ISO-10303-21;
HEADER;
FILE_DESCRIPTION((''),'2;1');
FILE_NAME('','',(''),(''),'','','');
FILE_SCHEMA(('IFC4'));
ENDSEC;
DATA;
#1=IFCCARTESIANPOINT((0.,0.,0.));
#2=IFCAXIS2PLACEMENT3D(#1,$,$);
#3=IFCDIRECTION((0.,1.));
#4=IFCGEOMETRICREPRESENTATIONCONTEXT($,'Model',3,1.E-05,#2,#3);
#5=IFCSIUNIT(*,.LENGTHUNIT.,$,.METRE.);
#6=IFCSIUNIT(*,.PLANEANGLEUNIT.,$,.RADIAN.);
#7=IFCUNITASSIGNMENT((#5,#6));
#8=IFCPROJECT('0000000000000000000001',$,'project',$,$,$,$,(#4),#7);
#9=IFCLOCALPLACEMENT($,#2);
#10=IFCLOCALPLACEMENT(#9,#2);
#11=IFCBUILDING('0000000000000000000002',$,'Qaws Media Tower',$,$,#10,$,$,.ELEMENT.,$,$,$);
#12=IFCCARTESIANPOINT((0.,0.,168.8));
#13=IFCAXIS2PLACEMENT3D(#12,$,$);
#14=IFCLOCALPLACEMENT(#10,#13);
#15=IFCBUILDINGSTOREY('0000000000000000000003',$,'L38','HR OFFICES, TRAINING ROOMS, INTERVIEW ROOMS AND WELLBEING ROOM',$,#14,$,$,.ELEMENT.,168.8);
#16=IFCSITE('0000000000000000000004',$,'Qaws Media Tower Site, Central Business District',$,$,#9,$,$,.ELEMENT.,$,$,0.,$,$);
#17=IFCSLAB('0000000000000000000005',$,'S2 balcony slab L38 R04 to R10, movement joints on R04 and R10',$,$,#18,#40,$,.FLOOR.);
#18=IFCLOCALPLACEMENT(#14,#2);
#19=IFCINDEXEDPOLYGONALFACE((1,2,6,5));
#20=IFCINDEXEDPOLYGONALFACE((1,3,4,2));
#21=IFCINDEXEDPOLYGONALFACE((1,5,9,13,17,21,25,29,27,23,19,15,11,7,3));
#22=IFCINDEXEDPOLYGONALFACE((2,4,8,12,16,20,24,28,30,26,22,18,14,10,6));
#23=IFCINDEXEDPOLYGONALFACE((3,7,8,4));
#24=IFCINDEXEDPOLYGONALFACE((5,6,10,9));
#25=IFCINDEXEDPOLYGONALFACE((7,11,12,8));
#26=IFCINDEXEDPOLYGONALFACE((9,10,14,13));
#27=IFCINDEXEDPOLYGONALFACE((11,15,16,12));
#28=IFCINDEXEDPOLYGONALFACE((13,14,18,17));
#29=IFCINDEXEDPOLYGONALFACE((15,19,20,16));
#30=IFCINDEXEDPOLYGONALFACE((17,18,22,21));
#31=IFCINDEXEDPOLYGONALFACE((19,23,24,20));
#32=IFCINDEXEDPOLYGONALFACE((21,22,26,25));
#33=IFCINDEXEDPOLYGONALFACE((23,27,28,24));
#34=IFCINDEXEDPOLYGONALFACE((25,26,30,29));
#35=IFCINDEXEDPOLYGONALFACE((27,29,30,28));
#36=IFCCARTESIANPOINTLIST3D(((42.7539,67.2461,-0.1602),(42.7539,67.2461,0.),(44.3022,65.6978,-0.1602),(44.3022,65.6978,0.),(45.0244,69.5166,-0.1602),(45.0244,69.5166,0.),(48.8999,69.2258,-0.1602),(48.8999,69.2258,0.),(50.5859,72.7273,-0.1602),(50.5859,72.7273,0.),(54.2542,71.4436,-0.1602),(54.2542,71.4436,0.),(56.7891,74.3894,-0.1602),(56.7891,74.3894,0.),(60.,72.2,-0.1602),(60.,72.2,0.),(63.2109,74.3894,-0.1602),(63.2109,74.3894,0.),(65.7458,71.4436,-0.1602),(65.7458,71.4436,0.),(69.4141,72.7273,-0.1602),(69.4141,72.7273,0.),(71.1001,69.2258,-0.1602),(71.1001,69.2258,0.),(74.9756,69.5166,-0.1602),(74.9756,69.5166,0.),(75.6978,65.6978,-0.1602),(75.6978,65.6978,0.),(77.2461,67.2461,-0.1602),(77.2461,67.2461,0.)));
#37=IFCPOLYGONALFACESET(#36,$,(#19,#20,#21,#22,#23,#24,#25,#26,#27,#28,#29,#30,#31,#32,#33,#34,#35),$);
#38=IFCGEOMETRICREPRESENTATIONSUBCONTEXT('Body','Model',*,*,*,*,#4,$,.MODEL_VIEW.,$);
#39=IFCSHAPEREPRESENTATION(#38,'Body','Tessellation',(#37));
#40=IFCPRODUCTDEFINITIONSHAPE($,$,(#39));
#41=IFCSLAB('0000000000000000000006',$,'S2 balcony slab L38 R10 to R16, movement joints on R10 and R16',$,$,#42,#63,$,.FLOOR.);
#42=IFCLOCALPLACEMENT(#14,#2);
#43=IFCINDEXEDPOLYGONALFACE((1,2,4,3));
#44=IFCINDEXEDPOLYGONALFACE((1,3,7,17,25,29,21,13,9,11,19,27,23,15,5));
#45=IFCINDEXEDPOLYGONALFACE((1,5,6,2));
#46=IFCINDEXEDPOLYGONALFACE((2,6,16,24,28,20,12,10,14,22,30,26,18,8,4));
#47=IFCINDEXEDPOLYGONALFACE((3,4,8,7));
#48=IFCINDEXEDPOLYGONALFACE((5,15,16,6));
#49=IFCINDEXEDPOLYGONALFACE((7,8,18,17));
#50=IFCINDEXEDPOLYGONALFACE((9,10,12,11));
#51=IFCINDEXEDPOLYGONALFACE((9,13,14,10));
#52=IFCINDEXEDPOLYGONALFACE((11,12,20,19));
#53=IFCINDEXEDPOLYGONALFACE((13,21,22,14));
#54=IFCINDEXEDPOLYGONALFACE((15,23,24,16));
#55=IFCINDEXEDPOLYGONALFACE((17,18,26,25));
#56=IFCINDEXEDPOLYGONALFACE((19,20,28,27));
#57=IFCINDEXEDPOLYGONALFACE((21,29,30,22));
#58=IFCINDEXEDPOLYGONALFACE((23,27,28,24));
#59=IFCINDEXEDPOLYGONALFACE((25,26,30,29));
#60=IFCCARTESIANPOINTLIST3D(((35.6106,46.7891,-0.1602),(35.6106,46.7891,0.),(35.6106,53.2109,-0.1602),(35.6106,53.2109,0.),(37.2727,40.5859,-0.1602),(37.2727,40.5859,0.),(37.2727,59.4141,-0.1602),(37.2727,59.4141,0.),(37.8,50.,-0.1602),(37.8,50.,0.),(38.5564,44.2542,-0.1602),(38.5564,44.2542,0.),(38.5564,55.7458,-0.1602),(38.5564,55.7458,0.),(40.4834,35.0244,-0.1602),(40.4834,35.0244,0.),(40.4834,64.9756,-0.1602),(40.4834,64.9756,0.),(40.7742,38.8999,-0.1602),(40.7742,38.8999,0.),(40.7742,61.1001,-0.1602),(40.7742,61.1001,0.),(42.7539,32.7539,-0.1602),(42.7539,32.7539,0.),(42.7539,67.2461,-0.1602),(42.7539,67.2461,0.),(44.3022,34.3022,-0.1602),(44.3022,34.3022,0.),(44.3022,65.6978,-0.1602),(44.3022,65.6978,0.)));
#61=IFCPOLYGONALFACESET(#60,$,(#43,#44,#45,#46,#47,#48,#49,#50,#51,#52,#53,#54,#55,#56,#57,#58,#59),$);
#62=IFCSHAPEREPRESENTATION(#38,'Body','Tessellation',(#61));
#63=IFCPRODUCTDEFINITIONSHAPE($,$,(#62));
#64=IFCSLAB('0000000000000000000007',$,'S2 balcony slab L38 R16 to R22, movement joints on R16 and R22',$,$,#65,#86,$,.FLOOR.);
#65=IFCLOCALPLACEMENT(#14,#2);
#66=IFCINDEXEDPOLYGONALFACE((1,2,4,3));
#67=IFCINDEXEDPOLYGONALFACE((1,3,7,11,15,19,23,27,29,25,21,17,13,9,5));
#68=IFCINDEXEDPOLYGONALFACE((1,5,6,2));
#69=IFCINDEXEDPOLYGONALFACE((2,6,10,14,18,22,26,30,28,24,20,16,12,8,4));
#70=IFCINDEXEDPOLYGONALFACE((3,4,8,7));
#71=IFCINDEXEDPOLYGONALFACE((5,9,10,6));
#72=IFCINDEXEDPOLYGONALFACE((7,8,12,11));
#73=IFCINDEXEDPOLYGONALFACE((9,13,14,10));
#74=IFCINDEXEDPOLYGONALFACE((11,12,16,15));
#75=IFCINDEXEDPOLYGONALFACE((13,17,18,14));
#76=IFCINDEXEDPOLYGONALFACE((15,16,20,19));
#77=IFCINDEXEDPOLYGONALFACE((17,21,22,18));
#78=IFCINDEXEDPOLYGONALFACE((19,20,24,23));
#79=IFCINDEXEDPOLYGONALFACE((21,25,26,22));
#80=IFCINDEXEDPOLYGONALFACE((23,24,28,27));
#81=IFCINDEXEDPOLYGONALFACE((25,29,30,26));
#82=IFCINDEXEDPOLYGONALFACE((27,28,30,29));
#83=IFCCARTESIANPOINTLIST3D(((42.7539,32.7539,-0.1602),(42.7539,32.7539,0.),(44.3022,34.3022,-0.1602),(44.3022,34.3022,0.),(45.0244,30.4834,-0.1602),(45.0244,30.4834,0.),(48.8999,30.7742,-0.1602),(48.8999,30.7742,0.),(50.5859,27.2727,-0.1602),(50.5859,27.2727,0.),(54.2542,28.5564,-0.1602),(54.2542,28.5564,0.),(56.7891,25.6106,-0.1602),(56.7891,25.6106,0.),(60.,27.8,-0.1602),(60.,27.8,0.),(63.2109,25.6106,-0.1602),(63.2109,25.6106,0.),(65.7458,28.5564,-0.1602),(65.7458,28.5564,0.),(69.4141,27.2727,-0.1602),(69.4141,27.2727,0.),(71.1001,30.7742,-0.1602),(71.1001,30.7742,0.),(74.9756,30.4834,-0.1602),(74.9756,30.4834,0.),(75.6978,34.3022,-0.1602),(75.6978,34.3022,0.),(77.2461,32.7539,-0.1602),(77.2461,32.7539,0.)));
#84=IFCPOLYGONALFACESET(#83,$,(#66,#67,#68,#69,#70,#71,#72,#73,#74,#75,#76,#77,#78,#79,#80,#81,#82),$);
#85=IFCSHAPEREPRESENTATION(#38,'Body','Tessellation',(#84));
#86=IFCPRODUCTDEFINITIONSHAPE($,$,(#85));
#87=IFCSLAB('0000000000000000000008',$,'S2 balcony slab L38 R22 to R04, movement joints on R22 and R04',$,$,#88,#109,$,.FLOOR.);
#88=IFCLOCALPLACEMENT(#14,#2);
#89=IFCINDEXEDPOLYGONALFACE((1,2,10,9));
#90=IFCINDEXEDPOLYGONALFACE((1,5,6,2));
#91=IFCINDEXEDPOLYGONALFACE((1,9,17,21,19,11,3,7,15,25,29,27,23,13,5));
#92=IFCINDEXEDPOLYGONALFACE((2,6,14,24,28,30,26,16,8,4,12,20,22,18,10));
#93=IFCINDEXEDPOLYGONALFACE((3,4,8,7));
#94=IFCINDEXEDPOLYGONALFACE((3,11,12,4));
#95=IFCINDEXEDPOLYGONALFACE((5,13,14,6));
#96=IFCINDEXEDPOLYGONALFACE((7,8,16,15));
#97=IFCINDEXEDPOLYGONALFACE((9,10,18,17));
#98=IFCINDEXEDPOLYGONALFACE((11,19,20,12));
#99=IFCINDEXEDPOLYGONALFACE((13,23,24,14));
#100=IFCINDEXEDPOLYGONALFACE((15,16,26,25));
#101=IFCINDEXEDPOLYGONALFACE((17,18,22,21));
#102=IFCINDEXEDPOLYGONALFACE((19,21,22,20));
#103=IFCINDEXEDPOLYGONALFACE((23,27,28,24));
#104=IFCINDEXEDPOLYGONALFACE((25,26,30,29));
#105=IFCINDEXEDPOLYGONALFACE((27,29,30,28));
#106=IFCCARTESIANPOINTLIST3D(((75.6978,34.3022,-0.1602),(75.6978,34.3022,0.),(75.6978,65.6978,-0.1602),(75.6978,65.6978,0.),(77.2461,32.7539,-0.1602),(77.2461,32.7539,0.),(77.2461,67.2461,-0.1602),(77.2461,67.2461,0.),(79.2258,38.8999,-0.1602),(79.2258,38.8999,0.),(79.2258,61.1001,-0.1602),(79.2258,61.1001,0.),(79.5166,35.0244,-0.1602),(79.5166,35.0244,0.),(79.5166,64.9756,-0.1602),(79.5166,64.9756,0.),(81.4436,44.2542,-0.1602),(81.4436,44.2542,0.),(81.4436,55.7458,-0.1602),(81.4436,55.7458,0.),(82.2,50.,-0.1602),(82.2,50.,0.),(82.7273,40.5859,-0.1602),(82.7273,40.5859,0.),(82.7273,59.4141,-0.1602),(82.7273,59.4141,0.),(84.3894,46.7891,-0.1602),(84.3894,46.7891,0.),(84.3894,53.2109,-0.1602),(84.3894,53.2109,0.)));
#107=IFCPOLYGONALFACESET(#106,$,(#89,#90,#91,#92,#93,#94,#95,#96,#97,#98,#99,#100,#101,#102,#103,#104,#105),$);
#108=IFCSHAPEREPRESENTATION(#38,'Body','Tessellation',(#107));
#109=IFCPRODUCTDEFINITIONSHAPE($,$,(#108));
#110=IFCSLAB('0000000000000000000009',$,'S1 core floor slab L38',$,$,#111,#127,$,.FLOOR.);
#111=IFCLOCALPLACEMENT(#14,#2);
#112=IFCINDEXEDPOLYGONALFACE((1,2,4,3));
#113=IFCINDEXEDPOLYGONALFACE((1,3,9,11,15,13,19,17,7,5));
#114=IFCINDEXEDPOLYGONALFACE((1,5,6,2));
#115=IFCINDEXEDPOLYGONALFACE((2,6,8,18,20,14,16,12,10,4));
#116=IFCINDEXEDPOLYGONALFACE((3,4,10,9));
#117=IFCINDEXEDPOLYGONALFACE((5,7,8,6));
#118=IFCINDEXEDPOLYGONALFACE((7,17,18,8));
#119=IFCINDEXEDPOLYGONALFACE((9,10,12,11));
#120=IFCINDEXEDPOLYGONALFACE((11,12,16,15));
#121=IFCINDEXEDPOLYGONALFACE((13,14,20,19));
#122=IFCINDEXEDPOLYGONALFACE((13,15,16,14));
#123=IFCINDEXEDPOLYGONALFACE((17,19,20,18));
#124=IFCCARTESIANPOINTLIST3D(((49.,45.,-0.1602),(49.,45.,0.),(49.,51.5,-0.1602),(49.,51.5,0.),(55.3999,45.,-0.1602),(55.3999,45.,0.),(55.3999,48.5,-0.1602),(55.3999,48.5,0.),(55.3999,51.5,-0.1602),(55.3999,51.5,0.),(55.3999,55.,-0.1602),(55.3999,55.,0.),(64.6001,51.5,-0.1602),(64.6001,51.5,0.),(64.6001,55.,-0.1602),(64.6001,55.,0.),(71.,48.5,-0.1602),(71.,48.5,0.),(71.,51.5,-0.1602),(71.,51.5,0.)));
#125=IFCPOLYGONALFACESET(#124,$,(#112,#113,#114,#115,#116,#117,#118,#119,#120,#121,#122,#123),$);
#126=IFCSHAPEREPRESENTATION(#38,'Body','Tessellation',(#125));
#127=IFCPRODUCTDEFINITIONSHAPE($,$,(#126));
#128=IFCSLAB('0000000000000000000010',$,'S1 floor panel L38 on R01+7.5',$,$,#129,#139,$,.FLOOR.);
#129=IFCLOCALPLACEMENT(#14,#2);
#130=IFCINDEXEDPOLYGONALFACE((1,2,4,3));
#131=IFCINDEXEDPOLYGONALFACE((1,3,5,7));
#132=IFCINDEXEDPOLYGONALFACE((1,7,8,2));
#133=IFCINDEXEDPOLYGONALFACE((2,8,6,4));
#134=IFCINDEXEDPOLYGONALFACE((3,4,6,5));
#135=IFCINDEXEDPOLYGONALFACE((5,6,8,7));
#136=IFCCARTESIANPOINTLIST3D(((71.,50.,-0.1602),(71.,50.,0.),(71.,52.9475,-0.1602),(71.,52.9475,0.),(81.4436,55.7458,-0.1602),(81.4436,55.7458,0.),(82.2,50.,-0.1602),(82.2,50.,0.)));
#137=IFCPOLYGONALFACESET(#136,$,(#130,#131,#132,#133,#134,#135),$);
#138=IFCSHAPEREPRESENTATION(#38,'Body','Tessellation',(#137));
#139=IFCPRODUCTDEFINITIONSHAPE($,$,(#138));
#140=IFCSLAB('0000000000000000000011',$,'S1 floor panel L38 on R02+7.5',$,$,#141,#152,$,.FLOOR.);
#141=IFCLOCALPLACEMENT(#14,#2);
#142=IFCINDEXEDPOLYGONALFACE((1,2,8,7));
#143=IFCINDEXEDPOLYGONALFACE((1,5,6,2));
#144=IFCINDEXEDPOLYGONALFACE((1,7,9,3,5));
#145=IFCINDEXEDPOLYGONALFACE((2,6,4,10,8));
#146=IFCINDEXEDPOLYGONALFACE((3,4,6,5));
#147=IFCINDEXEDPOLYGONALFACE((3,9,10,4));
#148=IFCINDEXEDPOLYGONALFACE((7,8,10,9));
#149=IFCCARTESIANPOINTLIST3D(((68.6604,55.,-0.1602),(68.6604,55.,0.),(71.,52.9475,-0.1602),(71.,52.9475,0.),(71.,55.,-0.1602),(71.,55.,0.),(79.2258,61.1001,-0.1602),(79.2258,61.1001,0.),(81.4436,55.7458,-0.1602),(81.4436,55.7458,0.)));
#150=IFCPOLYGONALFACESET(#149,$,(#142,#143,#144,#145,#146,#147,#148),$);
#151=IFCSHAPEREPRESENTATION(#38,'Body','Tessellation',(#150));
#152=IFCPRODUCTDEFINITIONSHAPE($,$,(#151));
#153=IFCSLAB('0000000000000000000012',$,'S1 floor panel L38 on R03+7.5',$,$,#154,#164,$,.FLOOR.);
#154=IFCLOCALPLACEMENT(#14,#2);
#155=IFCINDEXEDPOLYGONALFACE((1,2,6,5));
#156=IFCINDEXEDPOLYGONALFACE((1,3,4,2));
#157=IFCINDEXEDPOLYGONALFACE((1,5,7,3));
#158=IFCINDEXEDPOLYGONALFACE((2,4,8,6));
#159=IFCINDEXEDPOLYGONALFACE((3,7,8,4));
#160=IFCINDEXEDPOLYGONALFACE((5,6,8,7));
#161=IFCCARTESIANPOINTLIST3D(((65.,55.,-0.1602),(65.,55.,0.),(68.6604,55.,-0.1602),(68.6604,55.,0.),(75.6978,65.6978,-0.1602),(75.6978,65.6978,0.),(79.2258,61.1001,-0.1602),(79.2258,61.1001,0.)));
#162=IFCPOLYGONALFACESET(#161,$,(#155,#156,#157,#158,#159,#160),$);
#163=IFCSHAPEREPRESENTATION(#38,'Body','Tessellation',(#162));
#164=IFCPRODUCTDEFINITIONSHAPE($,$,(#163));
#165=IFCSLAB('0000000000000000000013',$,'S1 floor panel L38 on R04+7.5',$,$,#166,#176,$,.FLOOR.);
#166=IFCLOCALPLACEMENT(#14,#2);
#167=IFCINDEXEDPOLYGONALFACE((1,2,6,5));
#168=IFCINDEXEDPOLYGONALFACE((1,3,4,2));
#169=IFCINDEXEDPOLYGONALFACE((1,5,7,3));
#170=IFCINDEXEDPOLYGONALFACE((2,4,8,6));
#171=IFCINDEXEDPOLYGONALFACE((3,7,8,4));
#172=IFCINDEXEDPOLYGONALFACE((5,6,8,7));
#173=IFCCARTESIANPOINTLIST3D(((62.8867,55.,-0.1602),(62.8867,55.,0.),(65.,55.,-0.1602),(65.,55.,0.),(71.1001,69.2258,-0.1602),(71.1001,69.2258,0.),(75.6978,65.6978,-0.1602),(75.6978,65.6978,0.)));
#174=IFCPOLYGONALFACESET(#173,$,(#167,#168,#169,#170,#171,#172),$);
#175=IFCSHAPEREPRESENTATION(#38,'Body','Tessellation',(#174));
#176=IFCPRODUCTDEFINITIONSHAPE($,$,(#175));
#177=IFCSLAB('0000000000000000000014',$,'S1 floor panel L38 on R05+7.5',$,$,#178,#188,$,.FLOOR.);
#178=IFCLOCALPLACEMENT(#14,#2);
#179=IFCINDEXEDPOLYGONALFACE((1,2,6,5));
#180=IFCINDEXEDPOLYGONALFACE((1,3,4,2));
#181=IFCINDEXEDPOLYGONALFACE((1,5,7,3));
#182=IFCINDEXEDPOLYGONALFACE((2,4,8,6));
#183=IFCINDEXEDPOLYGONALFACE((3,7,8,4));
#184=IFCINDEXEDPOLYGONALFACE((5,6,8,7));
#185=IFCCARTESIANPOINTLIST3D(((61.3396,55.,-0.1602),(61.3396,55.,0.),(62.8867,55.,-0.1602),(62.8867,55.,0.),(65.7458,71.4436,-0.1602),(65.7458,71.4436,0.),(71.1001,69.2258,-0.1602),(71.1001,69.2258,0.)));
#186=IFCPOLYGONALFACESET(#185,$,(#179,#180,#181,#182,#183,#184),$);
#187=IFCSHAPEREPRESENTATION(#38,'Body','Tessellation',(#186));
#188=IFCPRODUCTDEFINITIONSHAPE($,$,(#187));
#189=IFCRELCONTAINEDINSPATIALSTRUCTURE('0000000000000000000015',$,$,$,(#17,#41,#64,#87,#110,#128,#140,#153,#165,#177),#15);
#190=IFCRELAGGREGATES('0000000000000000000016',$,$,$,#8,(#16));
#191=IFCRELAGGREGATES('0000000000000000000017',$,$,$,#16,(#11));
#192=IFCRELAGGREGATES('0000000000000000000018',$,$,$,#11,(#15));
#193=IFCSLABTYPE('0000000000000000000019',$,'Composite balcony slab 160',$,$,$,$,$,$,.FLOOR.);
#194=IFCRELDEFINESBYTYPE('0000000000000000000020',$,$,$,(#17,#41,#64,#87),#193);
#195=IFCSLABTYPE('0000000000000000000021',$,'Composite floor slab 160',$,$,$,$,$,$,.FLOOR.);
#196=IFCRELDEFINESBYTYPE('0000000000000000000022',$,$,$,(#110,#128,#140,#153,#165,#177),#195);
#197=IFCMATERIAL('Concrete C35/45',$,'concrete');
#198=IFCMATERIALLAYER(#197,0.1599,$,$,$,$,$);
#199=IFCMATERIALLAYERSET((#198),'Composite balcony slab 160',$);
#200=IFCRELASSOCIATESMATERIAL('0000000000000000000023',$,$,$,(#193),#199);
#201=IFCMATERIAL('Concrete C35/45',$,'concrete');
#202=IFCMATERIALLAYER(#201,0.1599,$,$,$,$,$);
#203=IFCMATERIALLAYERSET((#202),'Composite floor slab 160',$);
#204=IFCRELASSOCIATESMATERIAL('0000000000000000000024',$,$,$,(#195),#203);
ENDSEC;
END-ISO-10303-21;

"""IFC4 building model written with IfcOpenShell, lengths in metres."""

from ifc_helpers import new_model, si_unit, direction, frame, origin, place, context, subcontext, project, spatial, polyline, outline, extrude, material, layer, layer_set, type_object, element, save


model = new_model("IFC4")

# Units and contexts
model_context = context("Model", 3, precision=1e-05, world=origin(), true_north=direction((0.0, 1.0)))
body_context = subcontext(model_context, "Body", "Model", "MODEL_VIEW")
ifc_project = project(units=[si_unit("LENGTHUNIT", "METRE"), si_unit("PLANEANGLEUNIT", "RADIAN")], contexts=[model_context])

# Site, building, storey
site_placement = place(None, origin())
site = spatial("IfcSite", under=ifc_project, at=site_placement, Name="Qaws Media Tower Site, Central Business District", CompositionType="ELEMENT", RefElevation=0.0)
building_placement = place(site_placement, origin())
building = spatial("IfcBuilding", under=site, at=building_placement, Name="Qaws Media Tower", CompositionType="ELEMENT")
storey_placement = place(building_placement, frame((0.0, 0.0, 168.8)))
storey = spatial("IfcBuildingStorey", under=building, at=storey_placement, Name="L38", Description="HR OFFICES, TRAINING ROOMS, INTERVIEW ROOMS AND WELLBEING ROOM", CompositionType="ELEMENT", Elevation=168.8)

# Slabs
ifc_material_1 = material(Name="Concrete C35/45", Category="concrete")
ifc_layer_1 = layer(ifc_material_1, 0.1599)
ifc_layer_set_1 = layer_set([ifc_layer_1], Name="Composite balcony slab 160")
slab_type_1 = type_object("IfcSlabType", Name="Composite balcony slab 160", PredefinedType="FLOOR", material=ifc_layer_set_1)
slab_1_placement = place(storey_placement, frame((0.0, 0.0, -0.1602)))
element("IfcSlab", 1, at=slab_1_placement, inside=storey, type_object=slab_type_1, Name="S2 balcony slab L38 R04 to R10, movement joints on R04 and R10", PredefinedType="FLOOR", context=body_context, shape_type="SweptSolid", body=[
    extrude(outline(polyline([(45.0244, 69.5166), (50.5859, 72.7273), (56.7891, 74.3894), (63.2109, 74.3894), (69.4141, 72.7273), (74.9756, 69.5166), (77.2461, 67.2461), (75.6978, 65.6978), (71.1001, 69.2258), (65.7458, 71.4436), (60.0, 72.2), (54.2542, 71.4436), (48.8999, 69.2258), (44.3022, 65.6978), (42.7539, 67.2461), (45.0244, 69.5166)])), origin(), (0.0, 0.0, 1.0), 0.1602),
])
slab_2_placement = place(storey_placement, frame((0.0, 0.0, -0.1602)))
element("IfcSlab", 2, at=slab_2_placement, inside=storey, type_object=slab_type_1, Name="S2 balcony slab L38 R10 to R16, movement joints on R10 and R16", PredefinedType="FLOOR", context=body_context, shape_type="SweptSolid", body=[
    extrude(outline(polyline([(40.4834, 35.0244), (37.2727, 40.5859), (35.6106, 46.7891), (35.6106, 53.2109), (37.2727, 59.4141), (40.4834, 64.9756), (42.7539, 67.2461), (44.3022, 65.6978), (40.7742, 61.1001), (38.5564, 55.7458), (37.8, 50.0), (38.5564, 44.2542), (40.7742, 38.8999), (44.3022, 34.3022), (42.7539, 32.7539), (40.4834, 35.0244)])), origin(), (0.0, 0.0, 1.0), 0.1602),
])
slab_3_placement = place(storey_placement, frame((0.0, 0.0, -0.1602)))
element("IfcSlab", 3, at=slab_3_placement, inside=storey, type_object=slab_type_1, Name="S2 balcony slab L38 R16 to R22, movement joints on R16 and R22", PredefinedType="FLOOR", context=body_context, shape_type="SweptSolid", body=[
    extrude(outline(polyline([(74.9756, 30.4834), (69.4141, 27.2727), (63.2109, 25.6106), (56.7891, 25.6106), (50.5859, 27.2727), (45.0244, 30.4834), (42.7539, 32.7539), (44.3022, 34.3022), (48.8999, 30.7742), (54.2542, 28.5564), (60.0, 27.8), (65.7458, 28.5564), (71.1001, 30.7742), (75.6978, 34.3022), (77.2461, 32.7539), (74.9756, 30.4834)])), origin(), (0.0, 0.0, 1.0), 0.1602),
])
slab_4_placement = place(storey_placement, frame((0.0, 0.0, -0.1602)))
element("IfcSlab", 4, at=slab_4_placement, inside=storey, type_object=slab_type_1, Name="S2 balcony slab L38 R22 to R04, movement joints on R22 and R04", PredefinedType="FLOOR", context=body_context, shape_type="SweptSolid", body=[
    extrude(outline(polyline([(82.7273, 40.5859), (79.5166, 35.0244), (77.2461, 32.7539), (75.6978, 34.3022), (79.2258, 38.8999), (81.4436, 44.2542), (82.2, 50.0), (81.4436, 55.7458), (79.2258, 61.1001), (75.6978, 65.6978), (77.2461, 67.2461), (79.5166, 64.9756), (82.7273, 59.4141), (84.3894, 53.2109), (84.3894, 46.7891), (82.7273, 40.5859)])), origin(), (0.0, 0.0, 1.0), 0.1602),
])
ifc_material_2 = material(Name="Concrete C35/45", Category="concrete")
ifc_layer_2 = layer(ifc_material_2, 0.1599)
ifc_layer_set_2 = layer_set([ifc_layer_2], Name="Composite floor slab 160")
slab_type_2 = type_object("IfcSlabType", Name="Composite floor slab 160", PredefinedType="FLOOR", material=ifc_layer_set_2)
slab_5_placement = place(storey_placement, frame((0.0, 0.0, -0.1602)))
element("IfcSlab", 5, at=slab_5_placement, inside=storey, type_object=slab_type_2, Name="S1 core floor slab L38", PredefinedType="FLOOR", context=body_context, shape_type="SweptSolid", body=[
    extrude(outline(polyline([(71.0, 51.5), (71.0, 48.5), (55.3999, 48.5), (55.3999, 45.0), (49.0, 45.0), (49.0, 51.5), (55.3999, 51.5), (55.3999, 55.0), (64.6001, 55.0), (64.6001, 51.5), (71.0, 51.5)])), origin(), (0.0, 0.0, 1.0), 0.1602),
])
slab_6_placement = place(storey_placement, frame((0.0, 0.0, -0.1602)))
element("IfcSlab", 6, at=slab_6_placement, inside=storey, type_object=slab_type_2, Name="S1 floor panel L38 on R01+7.5", PredefinedType="FLOOR", context=body_context, shape_type="SweptSolid", body=[
    extrude(outline(polyline([(82.2, 50.0), (71.0, 50.0), (71.0, 52.9475), (81.4436, 55.7458), (82.2, 50.0)])), origin(), (0.0, 0.0, 1.0), 0.1602),
])
slab_7_placement = place(storey_placement, frame((0.0, 0.0, -0.1602)))
element("IfcSlab", 7, at=slab_7_placement, inside=storey, type_object=slab_type_2, Name="S1 floor panel L38 on R02+7.5", PredefinedType="FLOOR", context=body_context, shape_type="SweptSolid", body=[
    extrude(outline(polyline([(79.2258, 61.1001), (81.4436, 55.7458), (71.0, 52.9475), (71.0, 55.0), (68.6604, 55.0), (79.2258, 61.1001)])), origin(), (0.0, 0.0, 1.0), 0.1602),
])
slab_8_placement = place(storey_placement, frame((0.0, 0.0, -0.1602)))
element("IfcSlab", 8, at=slab_8_placement, inside=storey, type_object=slab_type_2, Name="S1 floor panel L38 on R03+7.5", PredefinedType="FLOOR", context=body_context, shape_type="SweptSolid", body=[
    extrude(outline(polyline([(79.2258, 61.1001), (68.6604, 55.0), (65.0, 55.0), (75.6978, 65.6978), (79.2258, 61.1001)])), origin(), (0.0, 0.0, 1.0), 0.1602),
])
slab_9_placement = place(storey_placement, frame((0.0, 0.0, -0.1602)))
element("IfcSlab", 9, at=slab_9_placement, inside=storey, type_object=slab_type_2, Name="S1 floor panel L38 on R04+7.5", PredefinedType="FLOOR", context=body_context, shape_type="SweptSolid", body=[
    extrude(outline(polyline([(75.6978, 65.6978), (65.0, 55.0), (62.8867, 55.0), (71.1001, 69.2258), (75.6978, 65.6978)])), origin(), (0.0, 0.0, 1.0), 0.1602),
])
slab_10_placement = place(storey_placement, frame((0.0, 0.0, -0.1602)))
element("IfcSlab", 10, at=slab_10_placement, inside=storey, type_object=slab_type_2, Name="S1 floor panel L38 on R05+7.5", PredefinedType="FLOOR", context=body_context, shape_type="SweptSolid", body=[
    extrude(outline(polyline([(65.7458, 71.4436), (71.1001, 69.2258), (62.8867, 55.0), (61.3396, 55.0), (65.7458, 71.4436)])), origin(), (0.0, 0.0, 1.0), 0.1602),
])

save(model, "model.ifc")
